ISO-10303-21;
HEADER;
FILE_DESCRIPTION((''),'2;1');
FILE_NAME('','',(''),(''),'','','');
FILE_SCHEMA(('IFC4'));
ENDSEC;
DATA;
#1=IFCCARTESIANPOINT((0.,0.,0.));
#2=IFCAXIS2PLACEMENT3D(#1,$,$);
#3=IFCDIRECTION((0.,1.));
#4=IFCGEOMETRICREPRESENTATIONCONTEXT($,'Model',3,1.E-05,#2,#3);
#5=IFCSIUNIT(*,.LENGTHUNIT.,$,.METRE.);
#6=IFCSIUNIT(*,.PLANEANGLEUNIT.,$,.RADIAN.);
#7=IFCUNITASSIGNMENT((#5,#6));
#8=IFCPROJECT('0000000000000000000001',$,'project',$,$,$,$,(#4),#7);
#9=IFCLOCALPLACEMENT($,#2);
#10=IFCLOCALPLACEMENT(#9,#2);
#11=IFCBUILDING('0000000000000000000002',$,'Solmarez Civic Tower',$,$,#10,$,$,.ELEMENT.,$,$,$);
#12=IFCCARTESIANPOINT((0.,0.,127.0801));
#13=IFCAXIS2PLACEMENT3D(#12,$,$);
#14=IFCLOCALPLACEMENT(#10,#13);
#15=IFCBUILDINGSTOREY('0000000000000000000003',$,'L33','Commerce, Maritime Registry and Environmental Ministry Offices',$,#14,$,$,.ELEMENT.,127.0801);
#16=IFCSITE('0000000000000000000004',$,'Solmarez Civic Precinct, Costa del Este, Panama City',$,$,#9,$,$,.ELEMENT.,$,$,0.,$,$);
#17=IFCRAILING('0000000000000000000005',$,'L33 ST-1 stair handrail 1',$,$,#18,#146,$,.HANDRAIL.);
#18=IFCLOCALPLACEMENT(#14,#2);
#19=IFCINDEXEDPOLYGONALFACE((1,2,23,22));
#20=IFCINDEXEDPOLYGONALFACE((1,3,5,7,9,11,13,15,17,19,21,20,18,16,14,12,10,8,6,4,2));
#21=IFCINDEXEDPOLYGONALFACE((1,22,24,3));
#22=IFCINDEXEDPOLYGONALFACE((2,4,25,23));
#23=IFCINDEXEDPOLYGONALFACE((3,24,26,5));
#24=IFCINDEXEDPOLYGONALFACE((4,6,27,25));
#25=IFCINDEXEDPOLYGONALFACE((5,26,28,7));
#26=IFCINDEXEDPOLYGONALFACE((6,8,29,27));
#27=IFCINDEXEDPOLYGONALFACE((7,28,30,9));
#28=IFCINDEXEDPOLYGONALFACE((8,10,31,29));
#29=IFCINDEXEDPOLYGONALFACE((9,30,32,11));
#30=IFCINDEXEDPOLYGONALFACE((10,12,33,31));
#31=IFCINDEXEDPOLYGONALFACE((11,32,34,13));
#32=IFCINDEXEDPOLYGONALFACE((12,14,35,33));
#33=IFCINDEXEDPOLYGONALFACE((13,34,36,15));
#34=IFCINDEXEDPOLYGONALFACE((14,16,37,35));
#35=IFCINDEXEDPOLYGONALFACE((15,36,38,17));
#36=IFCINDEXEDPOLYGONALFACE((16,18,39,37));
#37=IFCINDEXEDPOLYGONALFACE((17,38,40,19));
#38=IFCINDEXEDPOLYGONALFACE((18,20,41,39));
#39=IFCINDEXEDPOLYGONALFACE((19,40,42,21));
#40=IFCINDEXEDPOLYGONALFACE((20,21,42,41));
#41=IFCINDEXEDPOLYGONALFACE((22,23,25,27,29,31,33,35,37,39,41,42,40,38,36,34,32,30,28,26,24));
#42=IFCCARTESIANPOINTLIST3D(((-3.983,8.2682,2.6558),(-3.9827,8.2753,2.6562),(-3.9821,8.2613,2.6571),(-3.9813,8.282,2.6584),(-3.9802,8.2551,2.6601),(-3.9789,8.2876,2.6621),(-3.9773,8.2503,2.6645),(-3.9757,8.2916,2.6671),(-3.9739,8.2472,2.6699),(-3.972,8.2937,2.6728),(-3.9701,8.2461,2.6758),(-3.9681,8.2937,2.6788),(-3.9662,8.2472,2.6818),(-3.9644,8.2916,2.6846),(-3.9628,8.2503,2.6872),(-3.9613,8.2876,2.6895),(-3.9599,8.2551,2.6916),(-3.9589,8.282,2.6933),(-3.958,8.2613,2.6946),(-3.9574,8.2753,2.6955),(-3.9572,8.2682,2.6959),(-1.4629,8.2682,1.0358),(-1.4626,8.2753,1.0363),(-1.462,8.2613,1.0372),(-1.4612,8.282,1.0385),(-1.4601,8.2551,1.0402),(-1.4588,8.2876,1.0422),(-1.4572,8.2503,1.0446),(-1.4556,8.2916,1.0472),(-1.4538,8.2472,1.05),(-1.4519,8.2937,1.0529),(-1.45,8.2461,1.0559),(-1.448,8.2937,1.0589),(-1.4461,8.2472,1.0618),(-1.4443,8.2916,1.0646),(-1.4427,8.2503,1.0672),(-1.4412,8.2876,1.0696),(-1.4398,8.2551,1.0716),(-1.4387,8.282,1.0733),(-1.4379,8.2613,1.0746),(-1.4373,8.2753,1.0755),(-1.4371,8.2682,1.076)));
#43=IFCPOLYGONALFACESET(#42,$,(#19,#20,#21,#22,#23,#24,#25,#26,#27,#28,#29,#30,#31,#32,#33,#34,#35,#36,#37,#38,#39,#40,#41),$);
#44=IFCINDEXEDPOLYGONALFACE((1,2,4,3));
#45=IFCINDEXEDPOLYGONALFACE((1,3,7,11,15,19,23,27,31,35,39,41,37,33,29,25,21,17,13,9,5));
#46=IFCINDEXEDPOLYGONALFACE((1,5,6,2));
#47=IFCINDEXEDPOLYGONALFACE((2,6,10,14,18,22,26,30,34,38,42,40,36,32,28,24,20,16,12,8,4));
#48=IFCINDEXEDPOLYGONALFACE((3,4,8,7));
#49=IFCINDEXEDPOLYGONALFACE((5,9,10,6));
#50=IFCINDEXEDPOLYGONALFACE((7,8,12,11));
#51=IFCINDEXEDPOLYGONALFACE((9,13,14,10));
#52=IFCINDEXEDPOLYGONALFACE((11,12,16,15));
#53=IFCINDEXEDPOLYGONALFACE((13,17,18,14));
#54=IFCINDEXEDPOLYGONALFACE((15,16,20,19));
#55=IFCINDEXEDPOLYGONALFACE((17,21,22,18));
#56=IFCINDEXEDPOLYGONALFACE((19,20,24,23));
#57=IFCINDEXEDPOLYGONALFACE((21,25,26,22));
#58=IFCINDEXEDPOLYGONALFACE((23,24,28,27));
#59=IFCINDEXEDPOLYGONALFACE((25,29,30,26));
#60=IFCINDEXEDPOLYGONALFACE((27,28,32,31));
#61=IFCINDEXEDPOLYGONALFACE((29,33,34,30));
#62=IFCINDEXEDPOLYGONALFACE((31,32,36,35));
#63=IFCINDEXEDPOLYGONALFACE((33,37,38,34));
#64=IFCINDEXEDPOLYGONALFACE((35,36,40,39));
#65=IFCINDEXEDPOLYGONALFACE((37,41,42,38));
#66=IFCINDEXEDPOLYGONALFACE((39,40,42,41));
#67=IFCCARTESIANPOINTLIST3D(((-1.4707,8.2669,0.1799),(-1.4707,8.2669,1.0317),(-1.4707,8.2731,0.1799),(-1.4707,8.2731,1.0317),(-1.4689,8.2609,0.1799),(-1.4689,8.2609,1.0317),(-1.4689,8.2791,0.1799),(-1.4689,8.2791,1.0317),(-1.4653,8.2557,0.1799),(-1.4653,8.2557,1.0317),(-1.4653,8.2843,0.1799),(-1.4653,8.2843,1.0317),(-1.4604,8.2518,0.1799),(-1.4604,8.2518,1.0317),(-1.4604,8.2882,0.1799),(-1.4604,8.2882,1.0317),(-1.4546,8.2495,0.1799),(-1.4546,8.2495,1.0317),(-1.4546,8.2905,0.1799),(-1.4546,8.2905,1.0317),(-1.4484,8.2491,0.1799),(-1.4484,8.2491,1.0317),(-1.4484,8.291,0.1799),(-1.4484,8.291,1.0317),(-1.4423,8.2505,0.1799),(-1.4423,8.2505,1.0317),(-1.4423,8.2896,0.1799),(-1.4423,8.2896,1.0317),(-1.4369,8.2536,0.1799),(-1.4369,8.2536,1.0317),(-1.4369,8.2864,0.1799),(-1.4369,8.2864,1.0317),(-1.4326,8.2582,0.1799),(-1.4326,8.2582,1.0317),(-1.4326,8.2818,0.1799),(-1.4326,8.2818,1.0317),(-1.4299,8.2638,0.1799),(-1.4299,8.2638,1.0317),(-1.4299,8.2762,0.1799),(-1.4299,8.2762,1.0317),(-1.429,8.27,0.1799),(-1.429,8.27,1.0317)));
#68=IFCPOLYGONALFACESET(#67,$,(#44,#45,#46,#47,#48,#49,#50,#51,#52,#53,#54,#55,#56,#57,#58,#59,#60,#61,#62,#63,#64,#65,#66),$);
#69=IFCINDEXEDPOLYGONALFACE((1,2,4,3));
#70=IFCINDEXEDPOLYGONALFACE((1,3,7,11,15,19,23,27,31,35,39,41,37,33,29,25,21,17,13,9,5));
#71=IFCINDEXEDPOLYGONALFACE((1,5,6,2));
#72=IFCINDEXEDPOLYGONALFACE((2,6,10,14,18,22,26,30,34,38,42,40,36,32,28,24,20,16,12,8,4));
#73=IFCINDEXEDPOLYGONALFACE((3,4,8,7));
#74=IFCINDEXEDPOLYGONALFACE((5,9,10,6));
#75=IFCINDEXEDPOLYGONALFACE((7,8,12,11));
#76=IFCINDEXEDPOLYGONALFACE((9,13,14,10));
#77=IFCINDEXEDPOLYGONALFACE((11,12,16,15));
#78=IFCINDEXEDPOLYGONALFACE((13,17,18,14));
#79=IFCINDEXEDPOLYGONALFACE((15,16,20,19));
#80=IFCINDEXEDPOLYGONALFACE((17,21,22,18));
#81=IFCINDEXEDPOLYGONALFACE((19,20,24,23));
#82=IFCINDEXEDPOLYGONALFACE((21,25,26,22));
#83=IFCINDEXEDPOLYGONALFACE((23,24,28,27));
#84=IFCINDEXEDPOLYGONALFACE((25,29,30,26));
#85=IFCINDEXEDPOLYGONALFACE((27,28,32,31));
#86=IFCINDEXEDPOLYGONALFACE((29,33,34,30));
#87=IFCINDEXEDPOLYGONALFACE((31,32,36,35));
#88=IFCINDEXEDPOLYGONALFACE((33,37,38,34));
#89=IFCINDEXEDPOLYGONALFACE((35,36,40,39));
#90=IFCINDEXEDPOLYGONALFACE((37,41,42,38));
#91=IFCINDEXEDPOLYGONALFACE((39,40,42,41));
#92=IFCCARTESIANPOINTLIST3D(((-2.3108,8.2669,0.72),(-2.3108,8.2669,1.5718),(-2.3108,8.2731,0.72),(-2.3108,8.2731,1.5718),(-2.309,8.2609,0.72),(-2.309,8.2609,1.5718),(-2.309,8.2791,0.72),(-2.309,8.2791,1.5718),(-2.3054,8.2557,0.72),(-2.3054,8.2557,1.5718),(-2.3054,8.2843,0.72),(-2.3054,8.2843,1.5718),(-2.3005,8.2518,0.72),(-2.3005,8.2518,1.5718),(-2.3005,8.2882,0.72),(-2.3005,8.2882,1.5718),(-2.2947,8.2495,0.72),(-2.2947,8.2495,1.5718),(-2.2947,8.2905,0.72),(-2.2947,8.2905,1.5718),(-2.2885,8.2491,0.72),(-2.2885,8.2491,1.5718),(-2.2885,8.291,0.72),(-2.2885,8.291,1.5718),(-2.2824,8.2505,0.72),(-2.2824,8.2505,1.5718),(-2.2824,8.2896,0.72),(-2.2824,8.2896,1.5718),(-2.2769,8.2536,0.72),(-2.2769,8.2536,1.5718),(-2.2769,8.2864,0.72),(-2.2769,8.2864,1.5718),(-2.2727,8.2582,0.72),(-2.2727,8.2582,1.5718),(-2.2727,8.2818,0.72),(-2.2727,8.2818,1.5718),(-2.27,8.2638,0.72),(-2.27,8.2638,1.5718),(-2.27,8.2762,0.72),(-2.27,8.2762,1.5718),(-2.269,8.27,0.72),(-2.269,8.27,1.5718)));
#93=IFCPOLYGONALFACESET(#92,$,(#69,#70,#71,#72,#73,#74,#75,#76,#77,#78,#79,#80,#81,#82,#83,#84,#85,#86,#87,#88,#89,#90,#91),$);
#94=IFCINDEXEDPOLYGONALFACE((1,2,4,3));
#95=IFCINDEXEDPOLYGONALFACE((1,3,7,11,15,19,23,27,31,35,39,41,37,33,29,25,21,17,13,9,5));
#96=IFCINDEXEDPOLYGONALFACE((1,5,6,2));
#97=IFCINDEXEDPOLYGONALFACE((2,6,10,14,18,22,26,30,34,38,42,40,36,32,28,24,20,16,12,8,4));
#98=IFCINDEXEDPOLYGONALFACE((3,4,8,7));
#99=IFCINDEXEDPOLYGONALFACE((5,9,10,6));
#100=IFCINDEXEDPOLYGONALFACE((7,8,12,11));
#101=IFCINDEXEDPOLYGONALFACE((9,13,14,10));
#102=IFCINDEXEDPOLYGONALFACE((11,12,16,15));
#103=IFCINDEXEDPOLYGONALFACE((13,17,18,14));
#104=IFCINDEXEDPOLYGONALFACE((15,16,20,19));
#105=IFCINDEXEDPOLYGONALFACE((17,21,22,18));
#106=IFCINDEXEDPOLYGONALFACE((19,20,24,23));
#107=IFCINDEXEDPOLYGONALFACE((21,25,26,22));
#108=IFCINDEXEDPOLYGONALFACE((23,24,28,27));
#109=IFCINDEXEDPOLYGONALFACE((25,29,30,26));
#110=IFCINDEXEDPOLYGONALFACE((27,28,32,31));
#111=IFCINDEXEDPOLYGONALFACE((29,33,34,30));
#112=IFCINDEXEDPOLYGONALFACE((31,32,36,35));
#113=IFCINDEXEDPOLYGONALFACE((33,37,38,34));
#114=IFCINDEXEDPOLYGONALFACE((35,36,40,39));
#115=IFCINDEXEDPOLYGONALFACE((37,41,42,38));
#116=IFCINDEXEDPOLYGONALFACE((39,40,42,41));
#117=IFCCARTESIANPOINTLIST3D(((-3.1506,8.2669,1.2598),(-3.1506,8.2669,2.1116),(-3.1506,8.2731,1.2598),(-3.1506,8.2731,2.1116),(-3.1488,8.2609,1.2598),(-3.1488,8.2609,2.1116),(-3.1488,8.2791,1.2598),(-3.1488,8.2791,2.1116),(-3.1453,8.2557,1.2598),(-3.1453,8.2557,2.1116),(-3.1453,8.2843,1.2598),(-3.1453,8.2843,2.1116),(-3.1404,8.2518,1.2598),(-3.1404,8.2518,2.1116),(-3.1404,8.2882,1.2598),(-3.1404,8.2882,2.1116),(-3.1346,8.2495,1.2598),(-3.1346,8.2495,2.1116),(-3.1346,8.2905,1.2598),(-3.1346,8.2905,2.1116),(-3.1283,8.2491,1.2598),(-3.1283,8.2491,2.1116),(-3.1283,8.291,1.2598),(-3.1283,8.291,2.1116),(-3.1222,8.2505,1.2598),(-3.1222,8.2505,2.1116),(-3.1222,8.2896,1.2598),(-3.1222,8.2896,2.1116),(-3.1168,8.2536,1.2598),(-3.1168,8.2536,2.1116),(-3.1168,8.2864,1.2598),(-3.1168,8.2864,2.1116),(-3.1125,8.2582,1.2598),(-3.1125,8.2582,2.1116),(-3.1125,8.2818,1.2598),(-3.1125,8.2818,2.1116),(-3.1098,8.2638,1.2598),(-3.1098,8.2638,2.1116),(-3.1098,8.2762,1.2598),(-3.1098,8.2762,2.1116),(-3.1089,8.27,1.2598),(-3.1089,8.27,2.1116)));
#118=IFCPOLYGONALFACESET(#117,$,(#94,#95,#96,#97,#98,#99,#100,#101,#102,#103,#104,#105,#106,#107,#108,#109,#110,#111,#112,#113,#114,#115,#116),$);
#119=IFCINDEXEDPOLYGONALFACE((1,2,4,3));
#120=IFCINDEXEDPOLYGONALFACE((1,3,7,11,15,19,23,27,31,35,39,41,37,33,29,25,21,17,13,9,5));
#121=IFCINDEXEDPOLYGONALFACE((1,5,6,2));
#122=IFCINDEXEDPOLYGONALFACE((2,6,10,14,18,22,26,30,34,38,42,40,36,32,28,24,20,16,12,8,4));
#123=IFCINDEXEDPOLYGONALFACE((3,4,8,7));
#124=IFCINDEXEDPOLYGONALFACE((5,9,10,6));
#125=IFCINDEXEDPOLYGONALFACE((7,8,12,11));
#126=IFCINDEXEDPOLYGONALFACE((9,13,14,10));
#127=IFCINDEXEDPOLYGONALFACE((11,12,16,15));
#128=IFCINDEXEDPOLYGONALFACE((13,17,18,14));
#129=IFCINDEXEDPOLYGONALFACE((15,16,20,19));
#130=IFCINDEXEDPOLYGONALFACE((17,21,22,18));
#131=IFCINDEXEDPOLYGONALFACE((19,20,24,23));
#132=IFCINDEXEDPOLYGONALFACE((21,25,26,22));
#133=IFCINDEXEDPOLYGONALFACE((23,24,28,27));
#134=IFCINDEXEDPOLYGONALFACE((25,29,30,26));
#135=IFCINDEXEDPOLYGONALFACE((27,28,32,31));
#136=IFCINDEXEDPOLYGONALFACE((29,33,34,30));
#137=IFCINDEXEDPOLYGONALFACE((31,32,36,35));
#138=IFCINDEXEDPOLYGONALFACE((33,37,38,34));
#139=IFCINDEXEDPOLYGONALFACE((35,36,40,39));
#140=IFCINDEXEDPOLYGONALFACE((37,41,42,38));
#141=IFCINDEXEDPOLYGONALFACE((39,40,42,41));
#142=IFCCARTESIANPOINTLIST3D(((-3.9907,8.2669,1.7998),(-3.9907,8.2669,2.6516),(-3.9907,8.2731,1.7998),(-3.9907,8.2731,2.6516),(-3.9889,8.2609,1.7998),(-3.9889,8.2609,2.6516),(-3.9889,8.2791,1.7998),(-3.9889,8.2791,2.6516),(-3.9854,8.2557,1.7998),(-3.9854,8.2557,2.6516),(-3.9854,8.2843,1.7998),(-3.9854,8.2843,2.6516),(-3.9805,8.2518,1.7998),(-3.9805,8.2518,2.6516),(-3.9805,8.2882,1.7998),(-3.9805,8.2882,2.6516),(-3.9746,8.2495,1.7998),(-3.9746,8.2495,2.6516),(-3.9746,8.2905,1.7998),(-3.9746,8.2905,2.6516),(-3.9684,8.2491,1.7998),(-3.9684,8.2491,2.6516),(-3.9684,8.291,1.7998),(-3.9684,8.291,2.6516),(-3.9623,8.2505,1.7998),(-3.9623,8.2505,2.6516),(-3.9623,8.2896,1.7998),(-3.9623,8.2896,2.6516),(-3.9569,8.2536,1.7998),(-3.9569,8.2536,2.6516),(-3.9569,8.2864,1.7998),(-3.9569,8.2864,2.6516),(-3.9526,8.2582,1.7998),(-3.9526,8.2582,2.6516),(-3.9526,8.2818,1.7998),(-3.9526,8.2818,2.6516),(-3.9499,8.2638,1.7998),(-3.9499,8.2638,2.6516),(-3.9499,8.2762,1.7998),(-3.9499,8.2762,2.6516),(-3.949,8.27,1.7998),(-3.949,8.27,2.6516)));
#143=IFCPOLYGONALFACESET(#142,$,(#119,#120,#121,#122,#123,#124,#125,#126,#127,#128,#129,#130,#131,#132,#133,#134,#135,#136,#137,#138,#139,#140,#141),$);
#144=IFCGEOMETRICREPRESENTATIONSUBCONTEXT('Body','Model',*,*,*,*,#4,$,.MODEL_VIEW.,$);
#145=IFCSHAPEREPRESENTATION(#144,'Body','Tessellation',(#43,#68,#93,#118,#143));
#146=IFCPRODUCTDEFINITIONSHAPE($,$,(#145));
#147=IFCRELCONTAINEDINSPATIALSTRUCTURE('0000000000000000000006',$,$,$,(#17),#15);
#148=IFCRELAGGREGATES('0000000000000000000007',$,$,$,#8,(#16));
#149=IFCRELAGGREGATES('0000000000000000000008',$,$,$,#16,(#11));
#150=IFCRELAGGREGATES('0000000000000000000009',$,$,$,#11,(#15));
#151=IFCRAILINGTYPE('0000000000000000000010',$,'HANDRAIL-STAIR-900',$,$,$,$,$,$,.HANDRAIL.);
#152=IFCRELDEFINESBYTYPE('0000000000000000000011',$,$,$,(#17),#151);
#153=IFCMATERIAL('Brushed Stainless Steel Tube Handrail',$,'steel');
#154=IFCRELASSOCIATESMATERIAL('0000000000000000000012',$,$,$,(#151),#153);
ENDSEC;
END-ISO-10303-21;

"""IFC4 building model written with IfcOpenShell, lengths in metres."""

from ifc_helpers import new_model, si_unit, direction, frame, origin, origin_2d, place, context, subcontext, project, spatial, circle, extrude, material, type_object, element, save


model = new_model("IFC4")

# Units and contexts
model_context = context("Model", 3, precision=1e-05, world=origin(), true_north=direction((0.0, 1.0)))
body_context = subcontext(model_context, "Body", "Model", "MODEL_VIEW")
ifc_project = project(units=[si_unit("LENGTHUNIT", "METRE"), si_unit("PLANEANGLEUNIT", "RADIAN")], contexts=[model_context])

# Site, building, storey
site_placement = place(None, origin())
site = spatial("IfcSite", under=ifc_project, at=site_placement, Name="Solmarez Civic Precinct, Costa del Este, Panama City", CompositionType="ELEMENT", RefElevation=0.0)
building_placement = place(site_placement, origin())
building = spatial("IfcBuilding", under=site, at=building_placement, Name="Solmarez Civic Tower", CompositionType="ELEMENT")
storey_placement = place(building_placement, frame((0.0, 0.0, 127.0801)))
storey = spatial("IfcBuildingStorey", under=building, at=storey_placement, Name="L33", Description="Commerce, Maritime Registry and Environmental Ministry Offices", CompositionType="ELEMENT", Elevation=127.0801)

# Railing
ifc_material_1 = material(Name="Brushed Stainless Steel Tube Handrail", Category="steel")
railing_type_1 = type_object("IfcRailingType", Name="HANDRAIL-STAIR-900", PredefinedType="HANDRAIL", material=ifc_material_1)
railing_1_placement = place(storey_placement, frame((-1.45, 8.27, 0.1799)))
element("IfcRailing", 1, at=railing_1_placement, inside=storey, type_object=railing_type_1, Name="L33 ST-1 stair handrail 1", PredefinedType="HANDRAIL", context=body_context, shape_type="SweptSolid", body=[
    extrude(circle(Radius=0.0239, at=origin_2d()), frame((0.0, 0.0, 0.876), z_axis=(-0.8412, 0.0, 0.540725), x_axis=(0.0, -1.0, 0.0)), (0.0, 0.0, 1.0), 2.9958),
    extrude(circle(Radius=0.021, at=origin_2d()), origin(), (0.0, 0.0, 1.0), 0.8518),
    extrude(circle(Radius=0.021, at=origin_2d()), frame((-0.8401, 0.0, 0.54)), (0.0, 0.0, 1.0), 0.8518),
    extrude(circle(Radius=0.021, at=origin_2d()), frame((-1.6799, 0.0, 1.0798)), (0.0, 0.0, 1.0), 0.8518),
    extrude(circle(Radius=0.021, at=origin_2d()), frame((-2.52, 0.0, 1.6199)), (0.0, 0.0, 1.0), 0.8518),
])

save(model, "model.ifc")
